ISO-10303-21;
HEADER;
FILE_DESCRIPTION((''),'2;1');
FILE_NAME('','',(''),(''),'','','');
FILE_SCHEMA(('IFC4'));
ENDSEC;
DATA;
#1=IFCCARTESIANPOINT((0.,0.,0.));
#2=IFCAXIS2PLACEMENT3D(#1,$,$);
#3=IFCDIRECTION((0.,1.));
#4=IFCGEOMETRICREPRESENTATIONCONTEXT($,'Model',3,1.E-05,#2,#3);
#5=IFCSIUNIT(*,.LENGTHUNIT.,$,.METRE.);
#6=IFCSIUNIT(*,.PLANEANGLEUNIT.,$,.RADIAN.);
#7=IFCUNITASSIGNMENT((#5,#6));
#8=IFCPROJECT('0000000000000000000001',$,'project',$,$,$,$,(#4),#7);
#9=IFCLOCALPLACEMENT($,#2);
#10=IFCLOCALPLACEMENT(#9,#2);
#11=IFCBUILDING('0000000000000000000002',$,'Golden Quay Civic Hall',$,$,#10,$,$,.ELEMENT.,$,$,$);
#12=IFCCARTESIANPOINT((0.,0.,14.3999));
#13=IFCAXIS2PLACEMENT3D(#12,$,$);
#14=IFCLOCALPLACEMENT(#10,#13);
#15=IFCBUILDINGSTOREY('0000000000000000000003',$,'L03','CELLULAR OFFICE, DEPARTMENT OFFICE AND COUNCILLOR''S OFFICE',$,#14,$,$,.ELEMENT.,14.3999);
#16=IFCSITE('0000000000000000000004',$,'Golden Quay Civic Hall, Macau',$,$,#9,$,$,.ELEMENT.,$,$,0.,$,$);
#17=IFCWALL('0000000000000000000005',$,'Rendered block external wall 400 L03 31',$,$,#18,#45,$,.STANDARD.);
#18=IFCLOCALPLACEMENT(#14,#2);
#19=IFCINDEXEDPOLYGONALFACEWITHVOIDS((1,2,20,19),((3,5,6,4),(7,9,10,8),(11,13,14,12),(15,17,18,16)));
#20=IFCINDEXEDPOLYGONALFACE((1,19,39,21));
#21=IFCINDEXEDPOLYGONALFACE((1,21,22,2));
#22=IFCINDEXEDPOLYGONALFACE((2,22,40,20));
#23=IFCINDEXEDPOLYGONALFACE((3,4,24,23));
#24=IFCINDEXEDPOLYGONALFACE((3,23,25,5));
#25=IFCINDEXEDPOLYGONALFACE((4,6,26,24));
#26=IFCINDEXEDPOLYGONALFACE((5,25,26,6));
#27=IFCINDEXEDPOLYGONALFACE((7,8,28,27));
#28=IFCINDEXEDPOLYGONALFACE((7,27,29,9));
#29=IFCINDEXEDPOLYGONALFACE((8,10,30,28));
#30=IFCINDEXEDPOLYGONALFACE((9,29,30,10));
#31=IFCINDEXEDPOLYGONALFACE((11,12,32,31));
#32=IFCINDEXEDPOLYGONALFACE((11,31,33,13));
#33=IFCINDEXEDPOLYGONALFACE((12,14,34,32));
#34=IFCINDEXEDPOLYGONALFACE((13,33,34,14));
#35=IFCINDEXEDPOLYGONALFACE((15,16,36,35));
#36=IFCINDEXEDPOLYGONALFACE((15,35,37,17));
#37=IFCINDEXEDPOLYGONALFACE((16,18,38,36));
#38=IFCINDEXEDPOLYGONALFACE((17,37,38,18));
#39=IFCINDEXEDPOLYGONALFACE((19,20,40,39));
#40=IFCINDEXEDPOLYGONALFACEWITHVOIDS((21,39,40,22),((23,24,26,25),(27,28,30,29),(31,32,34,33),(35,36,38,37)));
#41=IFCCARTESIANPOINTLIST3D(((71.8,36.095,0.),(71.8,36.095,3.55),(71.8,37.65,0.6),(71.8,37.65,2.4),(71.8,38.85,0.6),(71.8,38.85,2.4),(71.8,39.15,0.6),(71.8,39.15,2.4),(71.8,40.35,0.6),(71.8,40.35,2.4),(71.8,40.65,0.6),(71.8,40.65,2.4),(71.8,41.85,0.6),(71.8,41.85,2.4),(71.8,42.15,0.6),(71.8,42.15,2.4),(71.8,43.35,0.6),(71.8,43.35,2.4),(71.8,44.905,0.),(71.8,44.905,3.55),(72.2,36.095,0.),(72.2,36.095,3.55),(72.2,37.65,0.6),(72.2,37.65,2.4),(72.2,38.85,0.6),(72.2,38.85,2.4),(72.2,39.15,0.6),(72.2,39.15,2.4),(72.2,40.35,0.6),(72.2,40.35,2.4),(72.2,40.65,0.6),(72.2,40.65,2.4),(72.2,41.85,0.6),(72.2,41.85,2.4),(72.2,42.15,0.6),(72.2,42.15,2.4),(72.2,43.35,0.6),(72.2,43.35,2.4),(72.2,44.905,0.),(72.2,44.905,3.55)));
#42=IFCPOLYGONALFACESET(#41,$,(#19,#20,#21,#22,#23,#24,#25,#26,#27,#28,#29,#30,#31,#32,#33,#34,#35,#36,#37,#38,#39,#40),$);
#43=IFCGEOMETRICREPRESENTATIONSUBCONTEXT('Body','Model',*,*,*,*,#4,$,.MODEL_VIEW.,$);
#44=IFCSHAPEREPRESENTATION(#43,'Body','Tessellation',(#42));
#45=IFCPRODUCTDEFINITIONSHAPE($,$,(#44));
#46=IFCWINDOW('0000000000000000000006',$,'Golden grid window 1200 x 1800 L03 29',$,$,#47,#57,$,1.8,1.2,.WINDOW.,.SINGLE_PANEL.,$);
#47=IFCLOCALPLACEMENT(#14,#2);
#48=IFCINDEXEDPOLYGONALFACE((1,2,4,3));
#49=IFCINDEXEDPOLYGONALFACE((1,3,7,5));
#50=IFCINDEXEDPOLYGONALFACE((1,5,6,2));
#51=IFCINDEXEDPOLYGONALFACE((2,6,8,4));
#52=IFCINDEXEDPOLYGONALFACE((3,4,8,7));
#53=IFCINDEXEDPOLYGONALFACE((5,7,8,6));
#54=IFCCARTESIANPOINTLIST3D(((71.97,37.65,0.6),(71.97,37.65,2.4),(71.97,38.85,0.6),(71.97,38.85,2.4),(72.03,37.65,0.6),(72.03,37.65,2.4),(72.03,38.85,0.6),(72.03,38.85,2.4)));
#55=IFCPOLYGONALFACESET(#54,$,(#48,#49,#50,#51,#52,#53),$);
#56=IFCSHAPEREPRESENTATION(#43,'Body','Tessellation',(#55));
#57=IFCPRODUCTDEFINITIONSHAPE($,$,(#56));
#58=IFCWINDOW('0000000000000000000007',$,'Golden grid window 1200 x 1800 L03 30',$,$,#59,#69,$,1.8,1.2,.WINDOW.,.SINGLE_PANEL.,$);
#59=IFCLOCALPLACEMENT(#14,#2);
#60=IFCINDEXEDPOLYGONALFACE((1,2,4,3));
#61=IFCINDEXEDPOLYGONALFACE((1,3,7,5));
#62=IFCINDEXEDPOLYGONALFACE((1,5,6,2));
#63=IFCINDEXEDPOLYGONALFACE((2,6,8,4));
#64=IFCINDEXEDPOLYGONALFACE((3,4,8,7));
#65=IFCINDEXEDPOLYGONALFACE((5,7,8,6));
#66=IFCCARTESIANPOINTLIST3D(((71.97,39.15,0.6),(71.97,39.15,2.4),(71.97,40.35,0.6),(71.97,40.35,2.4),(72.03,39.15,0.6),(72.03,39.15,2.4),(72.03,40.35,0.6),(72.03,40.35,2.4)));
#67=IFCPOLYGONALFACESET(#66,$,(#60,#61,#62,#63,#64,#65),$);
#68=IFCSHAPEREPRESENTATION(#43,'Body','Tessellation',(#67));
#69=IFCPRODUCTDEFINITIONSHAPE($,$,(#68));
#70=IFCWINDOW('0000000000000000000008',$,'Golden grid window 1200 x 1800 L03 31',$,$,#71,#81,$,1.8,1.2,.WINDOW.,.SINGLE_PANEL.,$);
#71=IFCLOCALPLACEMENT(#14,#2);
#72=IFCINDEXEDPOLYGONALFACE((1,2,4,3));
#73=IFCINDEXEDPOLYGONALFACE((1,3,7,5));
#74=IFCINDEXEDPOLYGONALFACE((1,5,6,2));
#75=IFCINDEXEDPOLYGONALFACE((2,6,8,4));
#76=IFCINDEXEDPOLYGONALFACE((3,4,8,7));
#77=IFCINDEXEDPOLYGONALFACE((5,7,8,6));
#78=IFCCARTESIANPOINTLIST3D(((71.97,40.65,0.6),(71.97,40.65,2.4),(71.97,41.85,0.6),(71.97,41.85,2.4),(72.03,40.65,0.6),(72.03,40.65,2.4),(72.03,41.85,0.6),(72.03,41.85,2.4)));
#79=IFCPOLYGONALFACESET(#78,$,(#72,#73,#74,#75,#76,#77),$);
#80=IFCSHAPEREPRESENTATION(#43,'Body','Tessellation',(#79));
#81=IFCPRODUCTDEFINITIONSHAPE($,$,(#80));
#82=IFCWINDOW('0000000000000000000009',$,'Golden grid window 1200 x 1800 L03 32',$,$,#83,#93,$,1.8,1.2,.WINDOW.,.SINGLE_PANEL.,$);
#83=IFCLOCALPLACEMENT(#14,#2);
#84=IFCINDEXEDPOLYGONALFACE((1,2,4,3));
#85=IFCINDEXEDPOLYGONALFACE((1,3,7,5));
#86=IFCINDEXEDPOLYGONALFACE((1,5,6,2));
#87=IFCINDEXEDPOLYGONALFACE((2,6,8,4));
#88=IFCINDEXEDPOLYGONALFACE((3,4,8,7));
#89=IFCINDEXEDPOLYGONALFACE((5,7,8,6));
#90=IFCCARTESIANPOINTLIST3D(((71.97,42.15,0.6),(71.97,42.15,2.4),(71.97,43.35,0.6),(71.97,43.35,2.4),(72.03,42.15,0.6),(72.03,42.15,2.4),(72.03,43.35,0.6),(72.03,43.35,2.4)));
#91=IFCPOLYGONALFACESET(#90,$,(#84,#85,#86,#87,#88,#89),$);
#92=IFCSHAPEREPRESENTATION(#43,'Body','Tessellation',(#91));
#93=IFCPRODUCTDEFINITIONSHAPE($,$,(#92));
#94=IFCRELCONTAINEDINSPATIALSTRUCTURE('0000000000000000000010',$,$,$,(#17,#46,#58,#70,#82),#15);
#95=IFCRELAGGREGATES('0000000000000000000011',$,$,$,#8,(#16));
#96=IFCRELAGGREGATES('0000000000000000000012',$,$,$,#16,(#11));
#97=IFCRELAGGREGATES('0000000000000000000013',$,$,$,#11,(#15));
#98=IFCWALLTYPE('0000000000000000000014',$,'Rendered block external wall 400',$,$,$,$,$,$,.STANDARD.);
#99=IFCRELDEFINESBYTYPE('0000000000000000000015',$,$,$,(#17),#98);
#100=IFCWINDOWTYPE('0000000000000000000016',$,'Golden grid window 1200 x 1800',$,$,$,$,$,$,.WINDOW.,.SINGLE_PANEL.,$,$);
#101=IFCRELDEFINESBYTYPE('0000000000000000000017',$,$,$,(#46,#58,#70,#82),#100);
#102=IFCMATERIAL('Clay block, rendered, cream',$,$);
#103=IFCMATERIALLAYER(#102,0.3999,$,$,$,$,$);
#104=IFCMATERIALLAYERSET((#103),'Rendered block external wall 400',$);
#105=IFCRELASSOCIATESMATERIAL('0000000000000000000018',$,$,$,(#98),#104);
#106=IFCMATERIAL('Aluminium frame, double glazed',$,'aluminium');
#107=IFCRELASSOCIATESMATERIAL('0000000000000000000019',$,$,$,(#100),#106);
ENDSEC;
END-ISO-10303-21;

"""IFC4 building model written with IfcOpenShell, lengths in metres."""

from ifc_helpers import new_model, si_unit, direction, frame, frame_2d, origin, place, context, subcontext, project, spatial, rectangle, extrude, material, layer, layer_set, type_object, element, fill, save


model = new_model("IFC4")

# Units and contexts
model_context = context("Model", 3, precision=1e-05, world=origin(), true_north=direction((0.0, 1.0)))
body_context = subcontext(model_context, "Body", "Model", "MODEL_VIEW")
ifc_project = project(units=[si_unit("LENGTHUNIT", "METRE"), si_unit("PLANEANGLEUNIT", "RADIAN")], contexts=[model_context])

# Site, building, storey
site_placement = place(None, origin())
site = spatial("IfcSite", under=ifc_project, at=site_placement, Name="Golden Quay Civic Hall, Macau", CompositionType="ELEMENT", RefElevation=0.0)
building_placement = place(site_placement, origin())
building = spatial("IfcBuilding", under=site, at=building_placement, Name="Golden Quay Civic Hall", CompositionType="ELEMENT")
storey_placement = place(building_placement, frame((0.0, 0.0, 14.3999)))
storey = spatial("IfcBuildingStorey", under=building, at=storey_placement, Name="L03", Description="CELLULAR OFFICE, DEPARTMENT OFFICE AND COUNCILLOR'S OFFICE", CompositionType="ELEMENT", Elevation=14.3999)

# Wall, openings, windows
ifc_material_1 = material(Name="Clay block, rendered, cream")
ifc_layer_1 = layer(ifc_material_1, 0.3999)
ifc_layer_set_1 = layer_set([ifc_layer_1], Name="Rendered block external wall 400")
wall_type_1 = type_object("IfcWallType", Name="Rendered block external wall 400", PredefinedType="STANDARD", material=ifc_layer_set_1)
wall_1_placement = place(storey_placement, frame((72.0, 44.905, 0.0), z_axis=(0.0, 0.0, 1.0), x_axis=(0.0, -1.0, 0.0)))
wall_1 = element("IfcWall", 1, at=wall_1_placement, inside=storey, type_object=wall_type_1, Name="Rendered block external wall 400 L03 31", PredefinedType="STANDARD", context=body_context, shape_type="SweptSolid", body=[
    extrude(rectangle(XDim=8.8101, YDim=0.3999, at=frame_2d((4.405, 0.0))), origin(), (0.0, 0.0, 1.0), 3.55),
])
opening_1_placement = place(wall_1_placement, frame((6.0549, 0.0, 0.6001)))
opening_1 = element("IfcOpeningElement", 2, at=opening_1_placement, cuts=wall_1, PredefinedType="OPENING", context=body_context, shape_type="SweptSolid", body=[
    extrude(rectangle(XDim=1.2, YDim=1.8, at=frame_2d((0.6001, 0.8999))), frame((0.0, 0.21, 0.0), z_axis=(0.0, -1.0, 0.0), x_axis=(1.0, 0.0, 0.0)), (0.0, 0.0, 1.0), 0.4199),
])
opening_2_placement = place(wall_1_placement, frame((4.5549, 0.0, 0.6001)))
opening_2 = element("IfcOpeningElement", 3, at=opening_2_placement, cuts=wall_1, PredefinedType="OPENING", context=body_context, shape_type="SweptSolid", body=[
    extrude(rectangle(XDim=1.2, YDim=1.8, at=frame_2d((0.6001, 0.8999))), frame((0.0, 0.21, 0.0), z_axis=(0.0, -1.0, 0.0), x_axis=(1.0, 0.0, 0.0)), (0.0, 0.0, 1.0), 0.4199),
])
opening_3_placement = place(wall_1_placement, frame((3.0549, 0.0, 0.6001)))
opening_3 = element("IfcOpeningElement", 4, at=opening_3_placement, cuts=wall_1, PredefinedType="OPENING", context=body_context, shape_type="SweptSolid", body=[
    extrude(rectangle(XDim=1.2, YDim=1.8, at=frame_2d((0.6001, 0.8999))), frame((0.0, 0.21, 0.0), z_axis=(0.0, -1.0, 0.0), x_axis=(1.0, 0.0, 0.0)), (0.0, 0.0, 1.0), 0.4199),
])
opening_4_placement = place(wall_1_placement, frame((1.5549, 0.0, 0.6001)))
opening_4 = element("IfcOpeningElement", 5, at=opening_4_placement, cuts=wall_1, PredefinedType="OPENING", context=body_context, shape_type="SweptSolid", body=[
    extrude(rectangle(XDim=1.2, YDim=1.8, at=frame_2d((0.6001, 0.8999))), frame((0.0, 0.21, 0.0), z_axis=(0.0, -1.0, 0.0), x_axis=(1.0, 0.0, 0.0)), (0.0, 0.0, 1.0), 0.4199),
])
ifc_material_2 = material(Name="Aluminium frame, double glazed", Category="aluminium")
window_type = type_object("IfcWindowType", Name="Golden grid window 1200 x 1800", PartitioningType="SINGLE_PANEL", PredefinedType="WINDOW", material=ifc_material_2)
window_1_placement = place(opening_1_placement, origin())
window_1 = element("IfcWindow", 6, at=window_1_placement, inside=storey, type_object=window_type, Name="Golden grid window 1200 x 1800 L03 29", OverallHeight=1.8, OverallWidth=1.2, PartitioningType="SINGLE_PANEL", PredefinedType="WINDOW", context=body_context, shape_type="SweptSolid", body=[
    extrude(rectangle(XDim=1.2, YDim=1.8, at=frame_2d((0.6001, 0.8999))), frame((0.0, 0.03, 0.0), z_axis=(0.0, -1.0, 0.0), x_axis=(1.0, 0.0, 0.0)), (0.0, 0.0, 1.0), 0.0601),
])
fill(opening_1, window_1)
window_2_placement = place(opening_2_placement, origin())
window_2 = element("IfcWindow", 7, at=window_2_placement, inside=storey, type_object=window_type, Name="Golden grid window 1200 x 1800 L03 30", OverallHeight=1.8, OverallWidth=1.2, PartitioningType="SINGLE_PANEL", PredefinedType="WINDOW", context=body_context, shape_type="SweptSolid", body=[
    extrude(rectangle(XDim=1.2, YDim=1.8, at=frame_2d((0.6001, 0.8999))), frame((0.0, 0.03, 0.0), z_axis=(0.0, -1.0, 0.0), x_axis=(1.0, 0.0, 0.0)), (0.0, 0.0, 1.0), 0.0601),
])
fill(opening_2, window_2)
window_3_placement = place(opening_3_placement, origin())
window_3 = element("IfcWindow", 8, at=window_3_placement, inside=storey, type_object=window_type, Name="Golden grid window 1200 x 1800 L03 31", OverallHeight=1.8, OverallWidth=1.2, PartitioningType="SINGLE_PANEL", PredefinedType="WINDOW", context=body_context, shape_type="SweptSolid", body=[
    extrude(rectangle(XDim=1.2, YDim=1.8, at=frame_2d((0.6001, 0.8999))), frame((0.0, 0.03, 0.0), z_axis=(0.0, -1.0, 0.0), x_axis=(1.0, 0.0, 0.0)), (0.0, 0.0, 1.0), 0.0601),
])
fill(opening_3, window_3)
window_4_placement = place(opening_4_placement, origin())
window_4 = element("IfcWindow", 9, at=window_4_placement, inside=storey, type_object=window_type, Name="Golden grid window 1200 x 1800 L03 32", OverallHeight=1.8, OverallWidth=1.2, PartitioningType="SINGLE_PANEL", PredefinedType="WINDOW", context=body_context, shape_type="SweptSolid", body=[
    extrude(rectangle(XDim=1.2, YDim=1.8, at=frame_2d((0.6001, 0.8999))), frame((0.0, 0.03, 0.0), z_axis=(0.0, -1.0, 0.0), x_axis=(1.0, 0.0, 0.0)), (0.0, 0.0, 1.0), 0.0601),
])
fill(opening_4, window_4)

save(model, "model.ifc")
